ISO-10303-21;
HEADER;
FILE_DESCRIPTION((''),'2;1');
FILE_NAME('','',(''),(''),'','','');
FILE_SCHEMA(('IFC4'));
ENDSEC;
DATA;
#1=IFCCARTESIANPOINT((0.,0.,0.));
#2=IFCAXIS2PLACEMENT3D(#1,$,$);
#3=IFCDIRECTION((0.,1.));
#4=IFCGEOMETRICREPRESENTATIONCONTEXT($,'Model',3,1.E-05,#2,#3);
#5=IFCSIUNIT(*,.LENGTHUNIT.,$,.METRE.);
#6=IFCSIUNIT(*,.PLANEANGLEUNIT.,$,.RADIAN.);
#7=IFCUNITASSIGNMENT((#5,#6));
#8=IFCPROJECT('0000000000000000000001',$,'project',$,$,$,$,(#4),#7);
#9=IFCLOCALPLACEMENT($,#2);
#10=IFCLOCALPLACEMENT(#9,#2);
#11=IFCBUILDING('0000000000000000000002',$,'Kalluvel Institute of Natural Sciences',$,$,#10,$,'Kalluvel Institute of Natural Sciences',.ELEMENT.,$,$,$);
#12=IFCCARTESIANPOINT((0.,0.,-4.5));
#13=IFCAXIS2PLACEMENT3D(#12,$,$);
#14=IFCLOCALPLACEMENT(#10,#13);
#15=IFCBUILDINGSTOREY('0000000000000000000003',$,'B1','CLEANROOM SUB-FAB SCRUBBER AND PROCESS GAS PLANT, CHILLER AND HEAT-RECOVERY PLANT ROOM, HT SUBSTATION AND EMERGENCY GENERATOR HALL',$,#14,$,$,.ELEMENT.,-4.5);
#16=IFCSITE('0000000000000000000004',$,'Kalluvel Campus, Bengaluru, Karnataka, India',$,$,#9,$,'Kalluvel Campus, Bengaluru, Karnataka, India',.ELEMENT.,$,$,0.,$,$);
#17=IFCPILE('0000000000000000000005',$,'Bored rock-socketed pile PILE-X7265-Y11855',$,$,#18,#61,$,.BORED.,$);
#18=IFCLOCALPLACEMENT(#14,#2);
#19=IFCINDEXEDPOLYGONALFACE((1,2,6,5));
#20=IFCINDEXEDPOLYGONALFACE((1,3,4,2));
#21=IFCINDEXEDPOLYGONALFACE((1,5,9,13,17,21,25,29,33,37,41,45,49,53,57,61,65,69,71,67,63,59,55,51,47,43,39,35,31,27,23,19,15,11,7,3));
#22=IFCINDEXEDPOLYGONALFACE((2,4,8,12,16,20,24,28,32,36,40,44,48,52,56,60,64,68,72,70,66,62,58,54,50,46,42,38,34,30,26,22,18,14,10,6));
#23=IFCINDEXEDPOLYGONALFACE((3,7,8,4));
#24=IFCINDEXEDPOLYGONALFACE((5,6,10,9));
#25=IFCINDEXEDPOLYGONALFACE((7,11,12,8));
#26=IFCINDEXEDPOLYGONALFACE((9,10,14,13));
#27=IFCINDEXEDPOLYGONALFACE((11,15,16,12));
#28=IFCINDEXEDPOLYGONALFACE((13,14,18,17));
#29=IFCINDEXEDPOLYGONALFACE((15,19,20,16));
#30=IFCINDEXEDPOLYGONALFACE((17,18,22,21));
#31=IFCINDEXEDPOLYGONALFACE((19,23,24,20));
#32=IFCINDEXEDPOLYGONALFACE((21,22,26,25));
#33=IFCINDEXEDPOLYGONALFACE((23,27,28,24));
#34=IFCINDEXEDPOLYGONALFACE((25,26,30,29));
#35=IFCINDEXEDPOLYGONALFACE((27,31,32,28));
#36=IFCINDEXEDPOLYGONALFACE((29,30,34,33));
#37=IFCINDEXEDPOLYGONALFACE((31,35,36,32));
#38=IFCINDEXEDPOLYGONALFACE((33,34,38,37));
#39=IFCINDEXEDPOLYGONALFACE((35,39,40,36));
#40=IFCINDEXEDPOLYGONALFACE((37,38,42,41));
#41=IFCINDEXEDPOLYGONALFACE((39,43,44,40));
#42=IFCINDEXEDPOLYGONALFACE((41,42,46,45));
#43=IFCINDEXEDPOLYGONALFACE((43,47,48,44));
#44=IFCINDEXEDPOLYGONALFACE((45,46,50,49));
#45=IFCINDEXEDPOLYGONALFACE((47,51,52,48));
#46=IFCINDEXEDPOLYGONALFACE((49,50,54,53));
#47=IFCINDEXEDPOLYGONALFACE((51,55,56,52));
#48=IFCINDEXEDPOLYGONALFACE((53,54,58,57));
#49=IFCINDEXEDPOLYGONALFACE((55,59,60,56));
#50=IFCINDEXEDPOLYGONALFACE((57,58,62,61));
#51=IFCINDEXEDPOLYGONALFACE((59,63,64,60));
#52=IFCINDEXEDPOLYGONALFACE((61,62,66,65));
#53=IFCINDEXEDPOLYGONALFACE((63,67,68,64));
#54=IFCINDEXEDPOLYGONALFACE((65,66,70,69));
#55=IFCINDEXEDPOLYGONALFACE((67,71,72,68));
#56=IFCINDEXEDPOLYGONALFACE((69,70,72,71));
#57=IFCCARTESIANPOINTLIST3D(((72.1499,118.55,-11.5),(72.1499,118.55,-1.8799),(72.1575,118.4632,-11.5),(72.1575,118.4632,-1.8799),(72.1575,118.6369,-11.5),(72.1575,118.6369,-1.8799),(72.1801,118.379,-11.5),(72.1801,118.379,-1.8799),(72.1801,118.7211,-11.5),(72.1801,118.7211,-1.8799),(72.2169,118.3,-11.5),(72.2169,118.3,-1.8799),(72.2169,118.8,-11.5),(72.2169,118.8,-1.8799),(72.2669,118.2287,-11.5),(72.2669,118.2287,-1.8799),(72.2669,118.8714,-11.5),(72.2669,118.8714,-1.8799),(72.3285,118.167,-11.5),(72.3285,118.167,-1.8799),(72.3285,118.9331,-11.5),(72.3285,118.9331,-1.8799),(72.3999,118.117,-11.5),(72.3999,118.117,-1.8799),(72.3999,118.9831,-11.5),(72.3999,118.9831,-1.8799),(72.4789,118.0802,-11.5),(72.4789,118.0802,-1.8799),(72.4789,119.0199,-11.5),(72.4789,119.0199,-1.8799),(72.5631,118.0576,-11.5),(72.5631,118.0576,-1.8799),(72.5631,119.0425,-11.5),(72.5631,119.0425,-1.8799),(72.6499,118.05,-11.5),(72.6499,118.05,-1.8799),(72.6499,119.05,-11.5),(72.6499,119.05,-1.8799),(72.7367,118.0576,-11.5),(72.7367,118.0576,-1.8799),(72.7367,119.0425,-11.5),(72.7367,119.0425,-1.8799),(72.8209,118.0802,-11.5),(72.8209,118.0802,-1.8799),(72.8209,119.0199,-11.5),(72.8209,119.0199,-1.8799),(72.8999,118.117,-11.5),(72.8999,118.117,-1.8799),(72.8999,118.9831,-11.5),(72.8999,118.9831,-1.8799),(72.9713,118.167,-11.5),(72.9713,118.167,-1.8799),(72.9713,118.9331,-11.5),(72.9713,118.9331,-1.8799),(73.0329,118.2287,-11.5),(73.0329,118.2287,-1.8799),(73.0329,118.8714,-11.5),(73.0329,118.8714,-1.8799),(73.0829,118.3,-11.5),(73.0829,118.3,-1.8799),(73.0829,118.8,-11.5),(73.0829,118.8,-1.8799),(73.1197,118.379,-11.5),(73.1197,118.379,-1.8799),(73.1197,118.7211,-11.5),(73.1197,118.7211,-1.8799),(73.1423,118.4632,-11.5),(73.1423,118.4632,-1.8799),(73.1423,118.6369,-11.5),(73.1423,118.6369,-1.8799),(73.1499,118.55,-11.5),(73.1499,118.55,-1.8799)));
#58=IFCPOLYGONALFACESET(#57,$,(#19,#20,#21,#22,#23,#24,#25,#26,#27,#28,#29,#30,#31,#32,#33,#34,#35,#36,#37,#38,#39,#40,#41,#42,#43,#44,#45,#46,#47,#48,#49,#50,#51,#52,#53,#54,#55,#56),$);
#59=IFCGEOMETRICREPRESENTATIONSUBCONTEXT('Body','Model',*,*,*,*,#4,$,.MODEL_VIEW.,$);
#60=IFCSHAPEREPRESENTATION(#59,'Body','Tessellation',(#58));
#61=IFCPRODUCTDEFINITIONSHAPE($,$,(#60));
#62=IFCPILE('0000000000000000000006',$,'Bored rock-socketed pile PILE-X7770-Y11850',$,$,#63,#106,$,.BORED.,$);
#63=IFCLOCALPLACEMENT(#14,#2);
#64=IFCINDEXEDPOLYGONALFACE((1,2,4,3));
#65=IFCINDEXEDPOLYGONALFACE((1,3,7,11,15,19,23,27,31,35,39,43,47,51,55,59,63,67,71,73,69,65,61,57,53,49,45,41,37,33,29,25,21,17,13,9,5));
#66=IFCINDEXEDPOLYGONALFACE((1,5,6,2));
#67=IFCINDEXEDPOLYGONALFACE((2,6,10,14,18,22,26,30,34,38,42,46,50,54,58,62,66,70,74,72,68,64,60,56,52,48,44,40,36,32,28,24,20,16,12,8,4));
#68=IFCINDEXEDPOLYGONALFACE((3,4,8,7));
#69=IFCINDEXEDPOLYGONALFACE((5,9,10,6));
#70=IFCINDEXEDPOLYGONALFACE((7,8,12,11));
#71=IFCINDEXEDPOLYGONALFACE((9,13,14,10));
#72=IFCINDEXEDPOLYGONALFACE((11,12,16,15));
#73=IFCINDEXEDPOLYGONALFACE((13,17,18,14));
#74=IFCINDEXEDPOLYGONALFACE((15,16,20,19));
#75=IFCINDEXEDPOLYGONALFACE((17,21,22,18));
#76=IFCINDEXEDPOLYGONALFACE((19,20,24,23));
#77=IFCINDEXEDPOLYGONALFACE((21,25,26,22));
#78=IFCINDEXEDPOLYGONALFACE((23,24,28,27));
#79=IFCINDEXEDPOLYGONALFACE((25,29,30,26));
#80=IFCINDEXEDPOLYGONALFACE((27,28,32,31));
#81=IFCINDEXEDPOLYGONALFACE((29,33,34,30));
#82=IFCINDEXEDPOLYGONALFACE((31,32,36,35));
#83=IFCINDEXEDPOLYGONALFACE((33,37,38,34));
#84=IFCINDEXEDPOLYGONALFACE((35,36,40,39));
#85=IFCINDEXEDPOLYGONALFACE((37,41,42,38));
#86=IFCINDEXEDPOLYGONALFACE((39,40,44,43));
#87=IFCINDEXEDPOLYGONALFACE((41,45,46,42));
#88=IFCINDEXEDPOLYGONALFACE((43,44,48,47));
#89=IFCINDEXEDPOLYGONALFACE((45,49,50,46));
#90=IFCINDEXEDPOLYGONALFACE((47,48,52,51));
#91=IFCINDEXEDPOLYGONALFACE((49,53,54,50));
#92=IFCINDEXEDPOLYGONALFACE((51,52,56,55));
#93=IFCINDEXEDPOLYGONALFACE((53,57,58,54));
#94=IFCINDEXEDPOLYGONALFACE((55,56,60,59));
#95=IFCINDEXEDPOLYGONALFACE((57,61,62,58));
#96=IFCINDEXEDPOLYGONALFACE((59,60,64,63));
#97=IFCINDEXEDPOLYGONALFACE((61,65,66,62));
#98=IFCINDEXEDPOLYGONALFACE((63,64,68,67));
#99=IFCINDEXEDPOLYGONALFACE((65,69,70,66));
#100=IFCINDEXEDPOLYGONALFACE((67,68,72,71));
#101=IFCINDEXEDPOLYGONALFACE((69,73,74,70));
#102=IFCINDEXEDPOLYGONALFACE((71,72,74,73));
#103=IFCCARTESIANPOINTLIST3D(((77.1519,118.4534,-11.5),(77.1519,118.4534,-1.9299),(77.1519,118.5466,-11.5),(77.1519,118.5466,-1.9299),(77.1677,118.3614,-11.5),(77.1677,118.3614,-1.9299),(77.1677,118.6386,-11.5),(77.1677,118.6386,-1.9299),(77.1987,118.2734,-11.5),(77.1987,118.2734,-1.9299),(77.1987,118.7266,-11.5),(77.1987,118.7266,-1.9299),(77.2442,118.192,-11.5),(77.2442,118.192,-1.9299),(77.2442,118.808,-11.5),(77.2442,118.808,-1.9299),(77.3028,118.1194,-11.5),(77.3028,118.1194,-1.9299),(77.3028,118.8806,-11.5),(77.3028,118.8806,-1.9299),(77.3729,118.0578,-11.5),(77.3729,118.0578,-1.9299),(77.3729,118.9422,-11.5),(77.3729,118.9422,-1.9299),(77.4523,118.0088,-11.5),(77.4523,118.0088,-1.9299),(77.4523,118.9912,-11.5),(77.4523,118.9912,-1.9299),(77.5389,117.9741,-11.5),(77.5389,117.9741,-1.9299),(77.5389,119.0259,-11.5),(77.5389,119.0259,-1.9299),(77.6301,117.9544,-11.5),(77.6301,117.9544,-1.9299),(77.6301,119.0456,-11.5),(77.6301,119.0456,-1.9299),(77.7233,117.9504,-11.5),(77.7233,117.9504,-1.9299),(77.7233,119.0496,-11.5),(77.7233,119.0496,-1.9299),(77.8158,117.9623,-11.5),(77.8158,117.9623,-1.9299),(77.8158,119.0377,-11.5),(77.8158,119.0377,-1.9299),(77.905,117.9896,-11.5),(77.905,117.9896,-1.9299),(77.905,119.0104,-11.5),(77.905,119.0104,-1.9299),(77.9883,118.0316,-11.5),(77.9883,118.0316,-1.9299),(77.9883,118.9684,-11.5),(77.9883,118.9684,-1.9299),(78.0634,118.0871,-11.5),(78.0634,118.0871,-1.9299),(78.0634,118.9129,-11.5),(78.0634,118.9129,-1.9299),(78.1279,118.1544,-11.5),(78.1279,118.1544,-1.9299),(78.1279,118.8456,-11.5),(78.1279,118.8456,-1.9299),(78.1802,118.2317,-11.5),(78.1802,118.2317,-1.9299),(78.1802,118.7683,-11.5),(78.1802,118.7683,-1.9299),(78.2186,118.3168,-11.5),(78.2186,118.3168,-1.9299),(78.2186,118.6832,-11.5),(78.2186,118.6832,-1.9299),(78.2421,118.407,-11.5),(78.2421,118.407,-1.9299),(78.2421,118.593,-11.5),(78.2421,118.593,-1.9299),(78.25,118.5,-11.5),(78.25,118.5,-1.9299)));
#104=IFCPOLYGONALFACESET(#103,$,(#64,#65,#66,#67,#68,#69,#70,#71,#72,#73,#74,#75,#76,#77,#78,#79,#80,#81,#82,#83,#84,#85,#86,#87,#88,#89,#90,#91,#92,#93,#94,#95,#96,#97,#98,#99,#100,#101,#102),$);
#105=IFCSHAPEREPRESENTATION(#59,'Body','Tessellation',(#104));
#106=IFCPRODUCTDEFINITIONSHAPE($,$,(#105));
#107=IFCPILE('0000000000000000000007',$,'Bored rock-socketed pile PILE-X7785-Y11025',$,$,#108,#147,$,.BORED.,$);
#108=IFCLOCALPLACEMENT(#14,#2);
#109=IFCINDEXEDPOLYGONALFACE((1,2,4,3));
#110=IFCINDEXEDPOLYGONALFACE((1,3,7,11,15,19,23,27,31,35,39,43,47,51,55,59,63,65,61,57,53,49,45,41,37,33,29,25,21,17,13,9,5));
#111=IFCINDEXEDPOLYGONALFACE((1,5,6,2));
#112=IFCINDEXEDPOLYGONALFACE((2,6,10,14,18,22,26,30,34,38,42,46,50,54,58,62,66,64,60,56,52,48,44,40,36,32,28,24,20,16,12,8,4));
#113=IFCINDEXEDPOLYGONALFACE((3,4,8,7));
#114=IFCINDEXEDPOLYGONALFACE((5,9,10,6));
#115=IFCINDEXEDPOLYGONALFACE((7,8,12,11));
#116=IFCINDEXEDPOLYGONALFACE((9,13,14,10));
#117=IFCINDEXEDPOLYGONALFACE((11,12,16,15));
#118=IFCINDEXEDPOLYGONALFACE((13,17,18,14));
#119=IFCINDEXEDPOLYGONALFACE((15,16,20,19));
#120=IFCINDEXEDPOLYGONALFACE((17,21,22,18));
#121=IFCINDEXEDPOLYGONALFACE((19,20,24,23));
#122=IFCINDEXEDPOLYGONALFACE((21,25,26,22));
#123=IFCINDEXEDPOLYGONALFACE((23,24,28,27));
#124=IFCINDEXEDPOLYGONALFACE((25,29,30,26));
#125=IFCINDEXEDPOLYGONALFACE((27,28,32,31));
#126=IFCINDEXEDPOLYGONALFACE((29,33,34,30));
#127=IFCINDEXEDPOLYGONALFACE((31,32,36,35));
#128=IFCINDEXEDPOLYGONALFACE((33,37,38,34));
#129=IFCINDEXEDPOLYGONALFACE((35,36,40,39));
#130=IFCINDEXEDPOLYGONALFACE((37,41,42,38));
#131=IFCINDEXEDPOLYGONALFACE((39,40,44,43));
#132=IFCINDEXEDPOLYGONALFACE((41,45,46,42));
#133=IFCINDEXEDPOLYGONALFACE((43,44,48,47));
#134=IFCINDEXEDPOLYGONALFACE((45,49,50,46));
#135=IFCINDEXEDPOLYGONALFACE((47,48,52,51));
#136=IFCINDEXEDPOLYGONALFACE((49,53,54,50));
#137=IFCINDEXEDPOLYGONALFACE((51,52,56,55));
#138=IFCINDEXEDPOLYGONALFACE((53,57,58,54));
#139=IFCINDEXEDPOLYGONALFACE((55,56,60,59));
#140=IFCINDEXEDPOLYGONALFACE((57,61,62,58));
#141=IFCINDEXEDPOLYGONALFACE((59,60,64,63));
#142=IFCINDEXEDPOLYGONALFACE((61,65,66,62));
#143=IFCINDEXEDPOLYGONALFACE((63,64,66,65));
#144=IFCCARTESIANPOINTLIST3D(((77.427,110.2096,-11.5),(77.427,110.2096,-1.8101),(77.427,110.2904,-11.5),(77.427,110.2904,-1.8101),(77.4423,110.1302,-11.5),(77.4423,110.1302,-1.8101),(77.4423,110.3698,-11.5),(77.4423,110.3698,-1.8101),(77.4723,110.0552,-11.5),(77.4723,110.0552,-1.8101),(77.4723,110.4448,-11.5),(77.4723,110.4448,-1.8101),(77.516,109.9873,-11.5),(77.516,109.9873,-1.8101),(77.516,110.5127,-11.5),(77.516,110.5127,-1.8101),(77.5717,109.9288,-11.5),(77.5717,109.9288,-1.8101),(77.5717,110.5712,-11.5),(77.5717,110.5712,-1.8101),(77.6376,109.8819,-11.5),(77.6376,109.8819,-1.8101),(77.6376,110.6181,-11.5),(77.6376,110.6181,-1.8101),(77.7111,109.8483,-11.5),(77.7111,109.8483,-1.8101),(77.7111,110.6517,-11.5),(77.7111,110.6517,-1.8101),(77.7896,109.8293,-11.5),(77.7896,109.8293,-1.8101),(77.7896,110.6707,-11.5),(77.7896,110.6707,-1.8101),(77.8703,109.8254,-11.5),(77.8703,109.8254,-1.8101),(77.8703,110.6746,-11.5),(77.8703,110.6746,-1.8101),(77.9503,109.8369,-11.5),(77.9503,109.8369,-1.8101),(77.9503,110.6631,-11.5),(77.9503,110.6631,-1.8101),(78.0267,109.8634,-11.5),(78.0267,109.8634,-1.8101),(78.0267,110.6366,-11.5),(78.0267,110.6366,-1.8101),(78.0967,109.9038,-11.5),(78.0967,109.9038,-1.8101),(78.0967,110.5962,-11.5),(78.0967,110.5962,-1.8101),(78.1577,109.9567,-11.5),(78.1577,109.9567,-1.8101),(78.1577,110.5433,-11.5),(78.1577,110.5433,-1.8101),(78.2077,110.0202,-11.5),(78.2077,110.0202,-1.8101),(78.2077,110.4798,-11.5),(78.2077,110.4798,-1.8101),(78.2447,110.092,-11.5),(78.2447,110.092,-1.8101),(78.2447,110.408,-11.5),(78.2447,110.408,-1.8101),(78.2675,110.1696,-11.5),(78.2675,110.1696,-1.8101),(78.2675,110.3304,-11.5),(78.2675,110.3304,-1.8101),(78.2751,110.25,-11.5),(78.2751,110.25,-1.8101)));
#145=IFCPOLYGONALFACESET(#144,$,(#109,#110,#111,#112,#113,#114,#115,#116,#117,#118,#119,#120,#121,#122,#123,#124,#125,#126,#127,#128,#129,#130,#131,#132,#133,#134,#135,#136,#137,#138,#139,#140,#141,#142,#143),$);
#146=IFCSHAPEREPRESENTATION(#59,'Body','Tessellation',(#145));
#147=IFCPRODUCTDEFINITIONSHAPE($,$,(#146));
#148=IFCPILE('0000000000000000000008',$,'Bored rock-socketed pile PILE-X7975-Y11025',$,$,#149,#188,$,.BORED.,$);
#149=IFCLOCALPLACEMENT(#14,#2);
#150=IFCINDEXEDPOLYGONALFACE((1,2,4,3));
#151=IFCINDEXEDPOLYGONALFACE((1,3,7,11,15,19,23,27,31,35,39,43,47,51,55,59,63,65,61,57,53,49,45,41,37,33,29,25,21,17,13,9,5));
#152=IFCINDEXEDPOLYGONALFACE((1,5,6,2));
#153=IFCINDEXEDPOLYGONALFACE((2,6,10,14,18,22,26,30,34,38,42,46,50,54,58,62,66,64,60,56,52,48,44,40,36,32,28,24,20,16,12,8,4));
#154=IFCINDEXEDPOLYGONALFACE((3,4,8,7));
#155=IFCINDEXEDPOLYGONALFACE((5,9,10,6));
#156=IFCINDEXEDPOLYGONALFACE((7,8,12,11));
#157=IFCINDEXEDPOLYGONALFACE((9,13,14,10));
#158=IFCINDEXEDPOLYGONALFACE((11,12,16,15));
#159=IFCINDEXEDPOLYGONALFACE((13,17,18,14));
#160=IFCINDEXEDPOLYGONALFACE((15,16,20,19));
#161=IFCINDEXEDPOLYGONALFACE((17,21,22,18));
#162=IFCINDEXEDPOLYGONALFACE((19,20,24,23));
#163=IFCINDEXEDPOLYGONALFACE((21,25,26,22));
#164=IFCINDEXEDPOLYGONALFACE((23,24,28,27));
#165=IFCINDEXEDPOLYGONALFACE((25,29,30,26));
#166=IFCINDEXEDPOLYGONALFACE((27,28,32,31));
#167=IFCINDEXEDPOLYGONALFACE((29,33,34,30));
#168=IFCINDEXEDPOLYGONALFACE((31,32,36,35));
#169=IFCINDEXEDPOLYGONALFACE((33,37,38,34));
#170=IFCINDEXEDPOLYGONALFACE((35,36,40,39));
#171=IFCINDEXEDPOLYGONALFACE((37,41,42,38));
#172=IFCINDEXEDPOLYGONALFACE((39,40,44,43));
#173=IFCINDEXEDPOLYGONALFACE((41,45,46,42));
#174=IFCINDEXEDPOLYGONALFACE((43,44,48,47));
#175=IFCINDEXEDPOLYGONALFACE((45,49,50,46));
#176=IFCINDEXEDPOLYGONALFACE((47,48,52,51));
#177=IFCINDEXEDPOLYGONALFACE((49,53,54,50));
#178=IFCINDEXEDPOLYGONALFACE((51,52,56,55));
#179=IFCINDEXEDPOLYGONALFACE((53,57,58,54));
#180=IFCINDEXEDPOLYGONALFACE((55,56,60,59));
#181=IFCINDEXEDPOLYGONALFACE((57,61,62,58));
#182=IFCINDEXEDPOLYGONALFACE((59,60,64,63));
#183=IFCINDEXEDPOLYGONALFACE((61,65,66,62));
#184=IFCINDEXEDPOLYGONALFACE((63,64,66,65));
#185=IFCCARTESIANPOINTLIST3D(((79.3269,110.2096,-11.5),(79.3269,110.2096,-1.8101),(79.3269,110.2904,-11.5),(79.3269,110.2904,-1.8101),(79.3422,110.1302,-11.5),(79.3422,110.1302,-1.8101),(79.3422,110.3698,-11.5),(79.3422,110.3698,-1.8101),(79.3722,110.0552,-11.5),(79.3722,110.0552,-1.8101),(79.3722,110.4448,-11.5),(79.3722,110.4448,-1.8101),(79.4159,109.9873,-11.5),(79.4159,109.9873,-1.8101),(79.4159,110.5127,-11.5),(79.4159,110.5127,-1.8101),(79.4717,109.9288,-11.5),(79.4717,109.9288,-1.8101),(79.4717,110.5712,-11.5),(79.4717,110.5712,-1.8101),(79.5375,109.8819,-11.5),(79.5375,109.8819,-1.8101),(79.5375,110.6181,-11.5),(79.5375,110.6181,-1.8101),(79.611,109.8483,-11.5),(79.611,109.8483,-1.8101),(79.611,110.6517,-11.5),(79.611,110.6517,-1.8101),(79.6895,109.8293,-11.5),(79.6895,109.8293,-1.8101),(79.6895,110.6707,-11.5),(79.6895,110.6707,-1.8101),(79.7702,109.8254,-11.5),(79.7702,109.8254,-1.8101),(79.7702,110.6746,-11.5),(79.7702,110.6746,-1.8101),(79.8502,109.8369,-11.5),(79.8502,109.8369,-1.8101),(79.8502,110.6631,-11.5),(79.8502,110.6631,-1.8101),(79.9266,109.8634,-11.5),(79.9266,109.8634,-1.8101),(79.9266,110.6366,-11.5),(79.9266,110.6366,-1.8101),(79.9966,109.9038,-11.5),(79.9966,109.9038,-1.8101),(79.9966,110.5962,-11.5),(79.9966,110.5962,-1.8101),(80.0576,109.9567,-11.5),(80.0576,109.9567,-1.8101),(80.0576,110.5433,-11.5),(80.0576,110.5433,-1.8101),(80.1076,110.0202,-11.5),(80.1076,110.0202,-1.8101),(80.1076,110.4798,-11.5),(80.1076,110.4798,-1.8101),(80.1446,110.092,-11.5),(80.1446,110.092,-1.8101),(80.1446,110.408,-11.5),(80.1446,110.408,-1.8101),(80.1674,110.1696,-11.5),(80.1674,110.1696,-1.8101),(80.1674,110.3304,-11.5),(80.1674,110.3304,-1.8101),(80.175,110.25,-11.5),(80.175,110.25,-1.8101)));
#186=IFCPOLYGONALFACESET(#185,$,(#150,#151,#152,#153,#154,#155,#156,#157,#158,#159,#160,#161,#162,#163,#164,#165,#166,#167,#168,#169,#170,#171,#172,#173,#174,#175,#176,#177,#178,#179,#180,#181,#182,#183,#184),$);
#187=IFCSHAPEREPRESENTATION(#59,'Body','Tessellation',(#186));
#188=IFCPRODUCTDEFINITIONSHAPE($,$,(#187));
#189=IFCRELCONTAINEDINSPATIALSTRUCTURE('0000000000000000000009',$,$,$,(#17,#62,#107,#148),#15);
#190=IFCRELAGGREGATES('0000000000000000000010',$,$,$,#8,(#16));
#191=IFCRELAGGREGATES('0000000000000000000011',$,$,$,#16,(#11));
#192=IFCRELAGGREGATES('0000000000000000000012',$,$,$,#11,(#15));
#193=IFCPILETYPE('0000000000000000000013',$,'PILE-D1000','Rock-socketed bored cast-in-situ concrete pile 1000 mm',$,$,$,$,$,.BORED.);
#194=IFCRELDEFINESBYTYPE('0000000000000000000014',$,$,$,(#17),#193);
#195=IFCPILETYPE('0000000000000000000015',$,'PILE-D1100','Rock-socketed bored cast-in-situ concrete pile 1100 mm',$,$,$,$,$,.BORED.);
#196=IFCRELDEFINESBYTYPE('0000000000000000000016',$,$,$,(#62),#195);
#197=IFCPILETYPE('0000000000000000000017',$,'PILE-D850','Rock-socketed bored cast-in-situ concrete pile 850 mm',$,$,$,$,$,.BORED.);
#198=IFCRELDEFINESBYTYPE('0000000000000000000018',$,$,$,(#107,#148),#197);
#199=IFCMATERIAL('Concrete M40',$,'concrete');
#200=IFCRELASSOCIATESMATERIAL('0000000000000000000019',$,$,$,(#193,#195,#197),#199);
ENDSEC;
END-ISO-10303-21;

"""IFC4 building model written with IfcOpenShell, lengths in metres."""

from ifc_helpers import new_model, si_unit, direction, frame, origin, origin_2d, place, context, subcontext, project, spatial, circle, extrude, material, material_profile, profile_set, type_object, element, save


model = new_model("IFC4")

# Units and contexts
model_context = context("Model", 3, precision=1e-05, world=origin(), true_north=direction((0.0, 1.0)))
body_context = subcontext(model_context, "Body", "Model", "MODEL_VIEW")
ifc_project = project(units=[si_unit("LENGTHUNIT", "METRE"), si_unit("PLANEANGLEUNIT", "RADIAN")], contexts=[model_context])

# Site, building, storey
site_placement = place(None, origin())
site = spatial("IfcSite", under=ifc_project, at=site_placement, Name="Kalluvel Campus, Bengaluru, Karnataka, India", LongName="Kalluvel Campus, Bengaluru, Karnataka, India", CompositionType="ELEMENT", RefElevation=0.0)
building_placement = place(site_placement, origin())
building = spatial("IfcBuilding", under=site, at=building_placement, Name="Kalluvel Institute of Natural Sciences", LongName="Kalluvel Institute of Natural Sciences", CompositionType="ELEMENT")
storey_placement = place(building_placement, frame((0.0, 0.0, -4.5)))
storey = spatial("IfcBuildingStorey", under=building, at=storey_placement, Name="B1", Description="CLEANROOM SUB-FAB SCRUBBER AND PROCESS GAS PLANT, CHILLER AND HEAT-RECOVERY PLANT ROOM, HT SUBSTATION AND EMERGENCY GENERATOR HALL", CompositionType="ELEMENT", Elevation=-4.5)

# Shared definitions
ifc_material_1 = material(Name="Concrete M40", Category="concrete")

# Piles
ifc_material_profile_1 = material_profile(ifc_material_1, circle(Radius=0.5, at=origin_2d()), Name="PILE D1000")
ifc_profile_set_1 = profile_set([ifc_material_profile_1], Name="Concrete M40")
pile_type_1 = type_object("IfcPileType", Name="PILE-D1000", Description="Rock-socketed bored cast-in-situ concrete pile 1000 mm", PredefinedType="BORED", material=ifc_profile_set_1)
pile_1_placement = place(storey_placement, frame((72.6499, 118.55, -1.8799), z_axis=(0.0, 0.0, -1.0), x_axis=(1.0, 0.0, 0.0)))
element("IfcPile", 1, at=pile_1_placement, inside=storey, type_object=pile_type_1, Name="Bored rock-socketed pile PILE-X7265-Y11855", PredefinedType="BORED", context=body_context, shape_type="SweptSolid", body=[
    extrude(circle(Radius=0.5, at=origin_2d()), origin(), (0.0, 0.0, 1.0), 9.6201),
])
ifc_material_profile_2 = material_profile(ifc_material_1, circle(Radius=0.55, at=origin_2d()), Name="PILE D1100")
ifc_profile_set_2 = profile_set([ifc_material_profile_2], Name="Concrete M40")
pile_type_2 = type_object("IfcPileType", Name="PILE-D1100", Description="Rock-socketed bored cast-in-situ concrete pile 1100 mm", PredefinedType="BORED", material=ifc_profile_set_2)
pile_2_placement = place(storey_placement, frame((77.7, 118.5, -1.9299), z_axis=(0.0, 0.0, -1.0), x_axis=(1.0, 0.0, 0.0)))
element("IfcPile", 2, at=pile_2_placement, inside=storey, type_object=pile_type_2, Name="Bored rock-socketed pile PILE-X7770-Y11850", PredefinedType="BORED", context=body_context, shape_type="SweptSolid", body=[
    extrude(circle(Radius=0.55, at=origin_2d()), origin(), (0.0, 0.0, 1.0), 9.5701),
])
ifc_material_profile_3 = material_profile(ifc_material_1, circle(Radius=0.425, at=origin_2d()), Name="PILE D850")
ifc_profile_set_3 = profile_set([ifc_material_profile_3], Name="Concrete M40")
pile_type_3 = type_object("IfcPileType", Name="PILE-D850", Description="Rock-socketed bored cast-in-situ concrete pile 850 mm", PredefinedType="BORED", material=ifc_profile_set_3)
for number, where, z_axis, x_axis, name in (
    (3, (77.8501, 110.25, -1.8101), (0.0, 0.0, -1.0), (1.0, 0.0, 0.0), "Bored rock-socketed pile PILE-X7785-Y11025"),
    (4, (79.75, 110.25, -1.8101), (0.0, 0.0, -1.0), (1.0, 0.0, 0.0), "Bored rock-socketed pile PILE-X7975-Y11025"),
):
    element("IfcPile", number, at=place(storey_placement, frame(where, z_axis=z_axis, x_axis=x_axis)), inside=storey, type_object=pile_type_3, Name=name, PredefinedType="BORED", context=body_context, shape_type="SweptSolid", body=[
        extrude(circle(Radius=0.425, at=origin_2d()), origin(), (0.0, 0.0, 1.0), 9.6899),
    ])

save(model, "model.ifc")
